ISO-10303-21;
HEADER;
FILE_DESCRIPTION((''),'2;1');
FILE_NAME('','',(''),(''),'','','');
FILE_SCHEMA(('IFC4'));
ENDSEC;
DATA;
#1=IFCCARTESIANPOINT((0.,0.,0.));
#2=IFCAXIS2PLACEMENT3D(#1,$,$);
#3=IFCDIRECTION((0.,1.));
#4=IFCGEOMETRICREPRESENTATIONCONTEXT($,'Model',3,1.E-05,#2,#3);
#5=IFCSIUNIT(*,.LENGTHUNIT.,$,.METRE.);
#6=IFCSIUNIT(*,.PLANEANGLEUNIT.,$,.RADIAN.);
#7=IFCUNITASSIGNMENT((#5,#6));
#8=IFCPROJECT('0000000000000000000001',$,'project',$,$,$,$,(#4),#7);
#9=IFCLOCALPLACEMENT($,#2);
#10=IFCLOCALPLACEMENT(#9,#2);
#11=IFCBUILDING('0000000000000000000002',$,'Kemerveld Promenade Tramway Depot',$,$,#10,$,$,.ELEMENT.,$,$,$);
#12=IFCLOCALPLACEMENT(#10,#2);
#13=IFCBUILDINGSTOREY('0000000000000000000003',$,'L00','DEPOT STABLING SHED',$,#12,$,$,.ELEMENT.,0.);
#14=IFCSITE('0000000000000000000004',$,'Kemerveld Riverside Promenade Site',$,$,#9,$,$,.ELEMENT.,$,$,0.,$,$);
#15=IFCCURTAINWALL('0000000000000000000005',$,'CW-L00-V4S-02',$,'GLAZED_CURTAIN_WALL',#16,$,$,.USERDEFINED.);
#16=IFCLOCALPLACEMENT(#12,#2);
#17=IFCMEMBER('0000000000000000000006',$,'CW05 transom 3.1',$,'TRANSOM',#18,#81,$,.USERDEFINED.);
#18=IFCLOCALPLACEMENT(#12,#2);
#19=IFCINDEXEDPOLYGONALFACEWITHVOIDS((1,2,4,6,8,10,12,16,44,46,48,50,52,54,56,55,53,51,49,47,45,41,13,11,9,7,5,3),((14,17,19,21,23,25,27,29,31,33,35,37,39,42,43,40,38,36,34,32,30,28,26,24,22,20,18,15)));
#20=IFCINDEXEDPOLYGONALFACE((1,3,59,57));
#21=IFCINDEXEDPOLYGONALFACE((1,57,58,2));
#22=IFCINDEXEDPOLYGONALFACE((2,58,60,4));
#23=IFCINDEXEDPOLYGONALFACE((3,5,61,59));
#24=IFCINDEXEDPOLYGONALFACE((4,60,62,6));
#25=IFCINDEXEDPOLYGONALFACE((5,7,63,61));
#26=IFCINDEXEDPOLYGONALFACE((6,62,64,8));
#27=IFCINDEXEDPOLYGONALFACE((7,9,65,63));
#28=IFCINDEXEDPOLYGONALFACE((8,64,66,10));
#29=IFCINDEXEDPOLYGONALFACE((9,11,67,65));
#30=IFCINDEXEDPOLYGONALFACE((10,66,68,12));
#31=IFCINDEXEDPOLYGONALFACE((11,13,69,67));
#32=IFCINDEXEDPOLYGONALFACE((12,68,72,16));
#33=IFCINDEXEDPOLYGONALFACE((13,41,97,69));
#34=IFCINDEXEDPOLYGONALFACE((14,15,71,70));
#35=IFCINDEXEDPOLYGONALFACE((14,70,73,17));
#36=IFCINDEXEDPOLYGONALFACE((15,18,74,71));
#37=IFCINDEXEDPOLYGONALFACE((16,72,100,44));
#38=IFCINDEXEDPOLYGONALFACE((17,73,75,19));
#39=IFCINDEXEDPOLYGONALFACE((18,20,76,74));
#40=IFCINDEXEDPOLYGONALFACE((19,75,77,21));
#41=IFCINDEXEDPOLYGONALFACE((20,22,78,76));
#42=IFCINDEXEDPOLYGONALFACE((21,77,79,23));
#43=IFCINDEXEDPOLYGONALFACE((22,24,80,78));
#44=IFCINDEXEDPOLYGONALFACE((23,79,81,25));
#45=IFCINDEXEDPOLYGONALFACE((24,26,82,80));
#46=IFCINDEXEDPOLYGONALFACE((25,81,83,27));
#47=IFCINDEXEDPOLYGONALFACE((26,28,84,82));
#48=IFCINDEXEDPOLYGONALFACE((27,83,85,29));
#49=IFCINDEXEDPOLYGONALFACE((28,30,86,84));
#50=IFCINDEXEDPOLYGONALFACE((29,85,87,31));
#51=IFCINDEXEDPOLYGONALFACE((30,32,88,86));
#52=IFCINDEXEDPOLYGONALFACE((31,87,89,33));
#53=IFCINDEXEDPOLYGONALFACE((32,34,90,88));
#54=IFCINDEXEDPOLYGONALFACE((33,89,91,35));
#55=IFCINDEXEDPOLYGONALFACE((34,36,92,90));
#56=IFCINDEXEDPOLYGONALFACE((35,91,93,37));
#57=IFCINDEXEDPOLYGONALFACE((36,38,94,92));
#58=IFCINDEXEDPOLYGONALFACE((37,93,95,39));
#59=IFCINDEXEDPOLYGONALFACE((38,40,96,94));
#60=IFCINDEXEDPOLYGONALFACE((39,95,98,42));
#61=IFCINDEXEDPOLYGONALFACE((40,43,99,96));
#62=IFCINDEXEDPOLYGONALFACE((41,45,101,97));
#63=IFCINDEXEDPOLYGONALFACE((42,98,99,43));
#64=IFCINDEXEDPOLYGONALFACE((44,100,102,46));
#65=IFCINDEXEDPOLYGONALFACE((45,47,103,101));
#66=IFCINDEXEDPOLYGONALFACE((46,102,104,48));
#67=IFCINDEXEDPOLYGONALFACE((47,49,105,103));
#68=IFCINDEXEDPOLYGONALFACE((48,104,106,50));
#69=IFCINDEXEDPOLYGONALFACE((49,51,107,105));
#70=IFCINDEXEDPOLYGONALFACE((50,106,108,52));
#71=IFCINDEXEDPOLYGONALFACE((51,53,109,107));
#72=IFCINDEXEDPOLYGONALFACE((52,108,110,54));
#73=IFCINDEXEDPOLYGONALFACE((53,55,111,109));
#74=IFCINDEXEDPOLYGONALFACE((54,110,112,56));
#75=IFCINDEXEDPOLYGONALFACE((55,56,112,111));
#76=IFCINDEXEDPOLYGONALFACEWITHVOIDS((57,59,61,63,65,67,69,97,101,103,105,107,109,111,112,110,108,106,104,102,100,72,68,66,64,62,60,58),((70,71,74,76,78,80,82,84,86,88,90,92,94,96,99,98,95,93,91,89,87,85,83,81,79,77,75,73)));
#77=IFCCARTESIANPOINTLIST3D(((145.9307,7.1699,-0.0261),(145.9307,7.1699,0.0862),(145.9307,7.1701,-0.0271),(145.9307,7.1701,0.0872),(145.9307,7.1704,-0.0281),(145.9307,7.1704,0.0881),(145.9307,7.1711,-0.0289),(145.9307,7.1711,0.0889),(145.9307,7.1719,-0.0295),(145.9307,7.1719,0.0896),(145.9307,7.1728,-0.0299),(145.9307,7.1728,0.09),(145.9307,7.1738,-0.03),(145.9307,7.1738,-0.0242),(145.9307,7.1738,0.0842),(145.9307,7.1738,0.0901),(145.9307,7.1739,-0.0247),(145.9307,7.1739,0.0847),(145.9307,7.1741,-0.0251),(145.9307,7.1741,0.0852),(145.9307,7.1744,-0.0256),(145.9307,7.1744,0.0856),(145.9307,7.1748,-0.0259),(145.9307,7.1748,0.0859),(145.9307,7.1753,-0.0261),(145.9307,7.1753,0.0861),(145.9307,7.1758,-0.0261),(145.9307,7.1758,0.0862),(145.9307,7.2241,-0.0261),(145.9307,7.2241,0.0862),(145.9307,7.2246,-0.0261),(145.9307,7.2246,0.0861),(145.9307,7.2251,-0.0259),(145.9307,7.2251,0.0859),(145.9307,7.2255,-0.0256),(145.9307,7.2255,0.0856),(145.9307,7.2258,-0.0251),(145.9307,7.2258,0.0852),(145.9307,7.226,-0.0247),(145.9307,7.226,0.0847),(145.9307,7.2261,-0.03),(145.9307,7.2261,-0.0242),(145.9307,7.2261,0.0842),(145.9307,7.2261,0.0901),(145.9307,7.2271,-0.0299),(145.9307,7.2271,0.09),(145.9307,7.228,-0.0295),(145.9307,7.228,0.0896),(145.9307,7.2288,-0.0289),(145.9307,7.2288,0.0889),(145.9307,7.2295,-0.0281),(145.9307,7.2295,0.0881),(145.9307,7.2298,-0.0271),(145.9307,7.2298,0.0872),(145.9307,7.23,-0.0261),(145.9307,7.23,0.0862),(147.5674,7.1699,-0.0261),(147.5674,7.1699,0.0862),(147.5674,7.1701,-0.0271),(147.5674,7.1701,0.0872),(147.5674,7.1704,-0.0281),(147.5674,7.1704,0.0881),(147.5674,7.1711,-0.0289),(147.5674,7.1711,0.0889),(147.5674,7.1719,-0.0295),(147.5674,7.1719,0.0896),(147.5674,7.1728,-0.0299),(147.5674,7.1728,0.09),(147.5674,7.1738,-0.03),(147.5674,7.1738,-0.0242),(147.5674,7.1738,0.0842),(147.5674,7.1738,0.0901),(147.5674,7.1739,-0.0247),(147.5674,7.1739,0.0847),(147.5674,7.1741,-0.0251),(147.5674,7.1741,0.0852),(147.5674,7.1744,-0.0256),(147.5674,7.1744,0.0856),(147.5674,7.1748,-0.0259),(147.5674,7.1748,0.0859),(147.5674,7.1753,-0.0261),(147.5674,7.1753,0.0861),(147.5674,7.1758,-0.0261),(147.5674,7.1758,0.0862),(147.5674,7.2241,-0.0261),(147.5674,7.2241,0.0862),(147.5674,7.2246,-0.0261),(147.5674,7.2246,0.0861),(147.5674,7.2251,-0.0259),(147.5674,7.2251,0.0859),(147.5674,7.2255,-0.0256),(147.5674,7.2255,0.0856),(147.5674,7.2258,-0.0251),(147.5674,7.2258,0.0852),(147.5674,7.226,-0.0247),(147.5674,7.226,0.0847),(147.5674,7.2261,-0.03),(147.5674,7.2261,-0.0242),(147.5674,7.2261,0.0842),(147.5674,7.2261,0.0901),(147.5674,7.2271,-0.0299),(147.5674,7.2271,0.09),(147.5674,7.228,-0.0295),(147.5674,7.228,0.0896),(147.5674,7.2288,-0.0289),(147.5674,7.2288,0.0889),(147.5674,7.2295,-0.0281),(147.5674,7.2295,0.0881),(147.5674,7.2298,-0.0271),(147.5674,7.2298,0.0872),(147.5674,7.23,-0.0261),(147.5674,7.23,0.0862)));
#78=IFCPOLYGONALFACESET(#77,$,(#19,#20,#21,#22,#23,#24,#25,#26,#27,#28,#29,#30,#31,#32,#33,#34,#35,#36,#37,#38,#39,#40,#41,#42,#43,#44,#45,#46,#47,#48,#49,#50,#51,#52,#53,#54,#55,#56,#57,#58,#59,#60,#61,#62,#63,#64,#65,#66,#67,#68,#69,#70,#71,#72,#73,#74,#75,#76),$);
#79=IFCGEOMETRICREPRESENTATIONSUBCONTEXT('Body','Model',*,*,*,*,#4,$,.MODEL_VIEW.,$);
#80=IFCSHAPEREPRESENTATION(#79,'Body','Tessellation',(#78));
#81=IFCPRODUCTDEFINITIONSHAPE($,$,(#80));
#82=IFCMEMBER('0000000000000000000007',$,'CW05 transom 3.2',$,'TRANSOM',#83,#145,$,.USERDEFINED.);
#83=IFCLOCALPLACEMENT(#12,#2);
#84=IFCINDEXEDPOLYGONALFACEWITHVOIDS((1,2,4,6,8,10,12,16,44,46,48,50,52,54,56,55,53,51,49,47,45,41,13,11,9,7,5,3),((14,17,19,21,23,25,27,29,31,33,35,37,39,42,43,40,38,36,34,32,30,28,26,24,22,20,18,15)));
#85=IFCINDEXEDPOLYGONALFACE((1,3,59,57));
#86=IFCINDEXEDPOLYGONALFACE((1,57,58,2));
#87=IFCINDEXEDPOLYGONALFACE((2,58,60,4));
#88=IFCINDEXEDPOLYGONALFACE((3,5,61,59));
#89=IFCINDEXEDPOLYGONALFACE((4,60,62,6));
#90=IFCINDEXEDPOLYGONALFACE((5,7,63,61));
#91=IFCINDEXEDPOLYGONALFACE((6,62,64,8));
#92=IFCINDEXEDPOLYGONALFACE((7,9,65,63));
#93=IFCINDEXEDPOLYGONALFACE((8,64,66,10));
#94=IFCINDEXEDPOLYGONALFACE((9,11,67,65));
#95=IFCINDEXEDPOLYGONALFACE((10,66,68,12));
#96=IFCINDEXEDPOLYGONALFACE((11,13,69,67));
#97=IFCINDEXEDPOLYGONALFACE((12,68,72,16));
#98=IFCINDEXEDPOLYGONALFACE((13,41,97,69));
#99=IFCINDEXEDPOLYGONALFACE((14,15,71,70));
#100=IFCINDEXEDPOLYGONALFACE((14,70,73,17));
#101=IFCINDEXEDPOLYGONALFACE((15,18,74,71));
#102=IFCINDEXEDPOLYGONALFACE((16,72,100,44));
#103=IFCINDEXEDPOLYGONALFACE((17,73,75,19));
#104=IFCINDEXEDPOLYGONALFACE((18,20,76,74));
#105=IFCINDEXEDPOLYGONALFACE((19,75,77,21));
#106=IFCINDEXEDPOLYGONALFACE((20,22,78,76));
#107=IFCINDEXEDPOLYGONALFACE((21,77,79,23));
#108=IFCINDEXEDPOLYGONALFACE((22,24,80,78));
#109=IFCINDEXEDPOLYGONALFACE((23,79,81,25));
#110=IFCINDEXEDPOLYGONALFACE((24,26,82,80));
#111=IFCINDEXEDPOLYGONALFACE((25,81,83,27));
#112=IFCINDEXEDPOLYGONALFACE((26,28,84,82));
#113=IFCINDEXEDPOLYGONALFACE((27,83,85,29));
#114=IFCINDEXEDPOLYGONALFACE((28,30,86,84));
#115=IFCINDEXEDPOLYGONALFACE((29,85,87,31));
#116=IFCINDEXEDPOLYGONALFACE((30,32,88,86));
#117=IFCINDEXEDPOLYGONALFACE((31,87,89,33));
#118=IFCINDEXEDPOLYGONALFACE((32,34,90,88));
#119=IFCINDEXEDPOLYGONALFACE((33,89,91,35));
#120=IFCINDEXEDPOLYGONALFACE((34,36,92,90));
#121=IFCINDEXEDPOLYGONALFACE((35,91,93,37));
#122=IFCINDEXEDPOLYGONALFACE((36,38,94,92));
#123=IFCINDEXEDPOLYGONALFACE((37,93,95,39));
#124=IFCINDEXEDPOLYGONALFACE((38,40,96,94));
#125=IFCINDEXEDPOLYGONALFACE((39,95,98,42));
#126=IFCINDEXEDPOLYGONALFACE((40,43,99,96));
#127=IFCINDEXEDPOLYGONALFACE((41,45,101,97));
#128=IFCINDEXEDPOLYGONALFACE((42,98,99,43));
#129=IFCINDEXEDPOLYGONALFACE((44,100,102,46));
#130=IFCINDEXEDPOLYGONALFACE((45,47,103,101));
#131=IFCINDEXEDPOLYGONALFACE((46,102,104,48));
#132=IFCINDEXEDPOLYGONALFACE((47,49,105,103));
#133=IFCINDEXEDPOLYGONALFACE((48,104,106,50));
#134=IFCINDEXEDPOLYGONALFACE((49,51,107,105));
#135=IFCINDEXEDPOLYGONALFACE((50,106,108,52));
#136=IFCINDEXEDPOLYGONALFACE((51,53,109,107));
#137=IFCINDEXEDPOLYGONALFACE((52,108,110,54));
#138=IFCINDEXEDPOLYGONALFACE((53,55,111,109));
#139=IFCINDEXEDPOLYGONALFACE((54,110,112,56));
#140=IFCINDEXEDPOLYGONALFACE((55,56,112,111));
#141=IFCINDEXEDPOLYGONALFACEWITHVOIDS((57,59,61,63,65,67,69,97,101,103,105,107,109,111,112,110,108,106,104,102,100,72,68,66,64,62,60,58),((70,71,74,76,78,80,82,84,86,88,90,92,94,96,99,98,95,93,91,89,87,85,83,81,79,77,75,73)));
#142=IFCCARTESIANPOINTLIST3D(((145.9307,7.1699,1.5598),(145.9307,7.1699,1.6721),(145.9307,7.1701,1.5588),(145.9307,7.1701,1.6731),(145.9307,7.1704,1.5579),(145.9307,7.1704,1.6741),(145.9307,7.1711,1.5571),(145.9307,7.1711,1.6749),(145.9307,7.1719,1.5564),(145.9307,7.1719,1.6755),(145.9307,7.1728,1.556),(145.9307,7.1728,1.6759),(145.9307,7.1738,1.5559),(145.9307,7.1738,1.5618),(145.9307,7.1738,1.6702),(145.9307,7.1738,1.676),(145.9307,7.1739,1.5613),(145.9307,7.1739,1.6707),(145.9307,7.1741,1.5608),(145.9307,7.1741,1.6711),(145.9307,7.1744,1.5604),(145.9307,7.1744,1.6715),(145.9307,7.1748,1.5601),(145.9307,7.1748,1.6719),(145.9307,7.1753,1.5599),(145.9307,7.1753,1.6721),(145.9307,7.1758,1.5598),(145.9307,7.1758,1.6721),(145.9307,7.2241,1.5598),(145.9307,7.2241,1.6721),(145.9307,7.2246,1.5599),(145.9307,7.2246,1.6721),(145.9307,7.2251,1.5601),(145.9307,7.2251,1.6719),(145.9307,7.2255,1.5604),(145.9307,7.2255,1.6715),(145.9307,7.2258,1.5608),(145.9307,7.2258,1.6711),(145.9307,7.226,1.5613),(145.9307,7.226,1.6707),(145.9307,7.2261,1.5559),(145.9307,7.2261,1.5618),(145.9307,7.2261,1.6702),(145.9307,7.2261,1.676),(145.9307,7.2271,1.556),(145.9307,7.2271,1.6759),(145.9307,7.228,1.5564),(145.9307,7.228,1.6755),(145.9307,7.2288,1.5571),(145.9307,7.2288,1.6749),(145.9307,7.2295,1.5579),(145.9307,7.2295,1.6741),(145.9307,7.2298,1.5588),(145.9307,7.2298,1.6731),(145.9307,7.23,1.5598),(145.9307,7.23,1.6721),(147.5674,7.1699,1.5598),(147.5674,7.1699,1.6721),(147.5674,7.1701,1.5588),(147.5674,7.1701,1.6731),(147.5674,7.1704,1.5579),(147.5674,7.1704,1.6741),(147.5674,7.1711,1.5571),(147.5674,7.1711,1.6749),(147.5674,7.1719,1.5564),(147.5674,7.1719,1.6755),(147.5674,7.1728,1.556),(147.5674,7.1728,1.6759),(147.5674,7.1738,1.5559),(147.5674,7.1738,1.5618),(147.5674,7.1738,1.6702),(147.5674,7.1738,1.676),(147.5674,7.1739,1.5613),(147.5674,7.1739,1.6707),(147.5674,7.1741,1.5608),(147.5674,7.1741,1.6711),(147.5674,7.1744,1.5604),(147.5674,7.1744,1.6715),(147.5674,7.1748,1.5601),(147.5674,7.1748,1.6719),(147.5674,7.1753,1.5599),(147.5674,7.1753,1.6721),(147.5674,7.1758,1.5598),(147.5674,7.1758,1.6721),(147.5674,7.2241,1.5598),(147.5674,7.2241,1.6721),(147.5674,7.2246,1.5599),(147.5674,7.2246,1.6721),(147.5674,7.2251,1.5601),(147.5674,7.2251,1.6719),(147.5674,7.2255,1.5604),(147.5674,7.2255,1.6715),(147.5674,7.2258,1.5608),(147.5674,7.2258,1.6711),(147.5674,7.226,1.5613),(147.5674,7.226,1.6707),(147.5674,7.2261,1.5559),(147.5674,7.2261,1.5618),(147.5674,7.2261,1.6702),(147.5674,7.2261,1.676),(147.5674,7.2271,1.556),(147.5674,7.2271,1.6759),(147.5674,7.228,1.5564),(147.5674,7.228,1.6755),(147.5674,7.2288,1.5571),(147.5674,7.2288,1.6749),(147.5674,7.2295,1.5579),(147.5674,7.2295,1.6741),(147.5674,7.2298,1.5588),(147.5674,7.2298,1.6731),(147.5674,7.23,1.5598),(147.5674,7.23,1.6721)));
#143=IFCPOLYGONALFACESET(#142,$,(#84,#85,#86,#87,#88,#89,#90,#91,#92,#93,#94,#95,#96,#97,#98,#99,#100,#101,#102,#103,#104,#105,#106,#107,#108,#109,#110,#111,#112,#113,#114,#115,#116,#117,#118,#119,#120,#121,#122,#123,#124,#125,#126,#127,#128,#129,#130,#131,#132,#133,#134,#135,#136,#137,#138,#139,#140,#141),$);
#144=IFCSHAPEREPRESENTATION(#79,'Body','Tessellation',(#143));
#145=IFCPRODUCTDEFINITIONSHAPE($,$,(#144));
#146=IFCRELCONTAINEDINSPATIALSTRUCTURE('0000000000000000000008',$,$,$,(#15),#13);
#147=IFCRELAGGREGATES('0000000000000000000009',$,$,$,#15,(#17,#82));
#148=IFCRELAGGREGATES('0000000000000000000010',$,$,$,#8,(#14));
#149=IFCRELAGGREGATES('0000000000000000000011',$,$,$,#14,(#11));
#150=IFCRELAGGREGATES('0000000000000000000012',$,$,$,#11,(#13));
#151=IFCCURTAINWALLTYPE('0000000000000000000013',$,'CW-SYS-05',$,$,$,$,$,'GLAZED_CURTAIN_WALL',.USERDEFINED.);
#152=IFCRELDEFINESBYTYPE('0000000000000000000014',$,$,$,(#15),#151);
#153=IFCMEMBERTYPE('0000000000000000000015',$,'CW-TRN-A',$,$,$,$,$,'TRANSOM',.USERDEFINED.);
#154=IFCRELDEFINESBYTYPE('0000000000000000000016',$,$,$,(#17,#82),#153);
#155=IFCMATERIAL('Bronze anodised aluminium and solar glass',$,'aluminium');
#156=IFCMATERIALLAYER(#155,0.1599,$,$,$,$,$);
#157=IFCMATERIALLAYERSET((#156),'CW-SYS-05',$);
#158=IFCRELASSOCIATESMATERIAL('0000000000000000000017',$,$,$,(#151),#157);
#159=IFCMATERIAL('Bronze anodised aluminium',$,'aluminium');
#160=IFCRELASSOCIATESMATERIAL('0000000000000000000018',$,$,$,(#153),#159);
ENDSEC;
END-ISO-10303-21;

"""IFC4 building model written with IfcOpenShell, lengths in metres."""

from ifc_helpers import new_model, si_unit, direction, frame, origin, origin_2d, place, context, subcontext, project, spatial, hollow_rectangle, extrude, material, layer, layer_set, material_profile, profile_set, type_object, element, aggregate, save


model = new_model("IFC4")

# Units and contexts
model_context = context("Model", 3, precision=1e-05, world=origin(), true_north=direction((0.0, 1.0)))
body_context = subcontext(model_context, "Body", "Model", "MODEL_VIEW")
ifc_project = project(units=[si_unit("LENGTHUNIT", "METRE"), si_unit("PLANEANGLEUNIT", "RADIAN")], contexts=[model_context])

# Site, building, storey
site_placement = place(None, origin())
site = spatial("IfcSite", under=ifc_project, at=site_placement, Name="Kemerveld Riverside Promenade Site", CompositionType="ELEMENT", RefElevation=0.0)
building_placement = place(site_placement, origin())
building = spatial("IfcBuilding", under=site, at=building_placement, Name="Kemerveld Promenade Tramway Depot", CompositionType="ELEMENT")
storey_placement = place(building_placement, origin())
storey = spatial("IfcBuildingStorey", under=building, at=storey_placement, Name="L00", Description="DEPOT STABLING SHED", CompositionType="ELEMENT", Elevation=0.0)

# Curtain wall, members
ifc_material_1 = material(Name="Bronze anodised aluminium and solar glass", Category="aluminium")
ifc_layer_1 = layer(ifc_material_1, 0.1599)
ifc_layer_set_1 = layer_set([ifc_layer_1], Name="CW-SYS-05")
curtain_wall_type = type_object("IfcCurtainWallType", Name="CW-SYS-05", ElementType="GLAZED_CURTAIN_WALL", PredefinedType="USERDEFINED", material=ifc_layer_set_1)
curtain_wall_placement = place(storey_placement, origin())
curtain_wall = element("IfcCurtainWall", 1, at=curtain_wall_placement, inside=storey, type_object=curtain_wall_type, Name="CW-L00-V4S-02", ObjectType="GLAZED_CURTAIN_WALL", PredefinedType="USERDEFINED")
ifc_material_2 = material(Name="Bronze anodised aluminium", Category="aluminium")
ifc_material_profile_1 = material_profile(ifc_material_2, hollow_rectangle(XDim=0.0601, YDim=0.1201, WallThickness=0.0039, InnerFilletRadius=0.002, OuterFilletRadius=0.0039, at=origin_2d()), Name="CW-TRN-120x60")
ifc_profile_set_1 = profile_set([ifc_material_profile_1], Name="Bronze anodised aluminium")
member_type_1 = type_object("IfcMemberType", Name="CW-TRN-A", ElementType="TRANSOM", PredefinedType="USERDEFINED", material=ifc_profile_set_1)
member_1_placement = place(storey_placement, frame((147.5674, 7.2, 0.03), z_axis=(-1.0, 0.0, 0.0), x_axis=(0.0, -1.0, 0.0)))
member_1 = element("IfcMember", 2, at=member_1_placement, type_object=member_type_1, Name="CW05 transom 3.1", ObjectType="TRANSOM", PredefinedType="USERDEFINED", context=body_context, shape_type="SweptSolid", body=[
    extrude(hollow_rectangle(XDim=0.0601, YDim=0.1201, WallThickness=0.0039, InnerFilletRadius=0.002, OuterFilletRadius=0.0039, at=origin_2d()), origin(), (0.0, 0.0, 1.0), 1.6367),
])
member_2_placement = place(storey_placement, frame((147.5674, 7.2, 1.616), z_axis=(-1.0, 0.0, 0.0), x_axis=(0.0, -1.0, 0.0)))
member_2 = element("IfcMember", 3, at=member_2_placement, type_object=member_type_1, Name="CW05 transom 3.2", ObjectType="TRANSOM", PredefinedType="USERDEFINED", context=body_context, shape_type="SweptSolid", body=[
    extrude(hollow_rectangle(XDim=0.0601, YDim=0.1201, WallThickness=0.0039, InnerFilletRadius=0.002, OuterFilletRadius=0.0039, at=origin_2d()), origin(), (0.0, 0.0, 1.0), 1.6367),
])
aggregate(curtain_wall, [member_1, member_2])

save(model, "model.ifc")
